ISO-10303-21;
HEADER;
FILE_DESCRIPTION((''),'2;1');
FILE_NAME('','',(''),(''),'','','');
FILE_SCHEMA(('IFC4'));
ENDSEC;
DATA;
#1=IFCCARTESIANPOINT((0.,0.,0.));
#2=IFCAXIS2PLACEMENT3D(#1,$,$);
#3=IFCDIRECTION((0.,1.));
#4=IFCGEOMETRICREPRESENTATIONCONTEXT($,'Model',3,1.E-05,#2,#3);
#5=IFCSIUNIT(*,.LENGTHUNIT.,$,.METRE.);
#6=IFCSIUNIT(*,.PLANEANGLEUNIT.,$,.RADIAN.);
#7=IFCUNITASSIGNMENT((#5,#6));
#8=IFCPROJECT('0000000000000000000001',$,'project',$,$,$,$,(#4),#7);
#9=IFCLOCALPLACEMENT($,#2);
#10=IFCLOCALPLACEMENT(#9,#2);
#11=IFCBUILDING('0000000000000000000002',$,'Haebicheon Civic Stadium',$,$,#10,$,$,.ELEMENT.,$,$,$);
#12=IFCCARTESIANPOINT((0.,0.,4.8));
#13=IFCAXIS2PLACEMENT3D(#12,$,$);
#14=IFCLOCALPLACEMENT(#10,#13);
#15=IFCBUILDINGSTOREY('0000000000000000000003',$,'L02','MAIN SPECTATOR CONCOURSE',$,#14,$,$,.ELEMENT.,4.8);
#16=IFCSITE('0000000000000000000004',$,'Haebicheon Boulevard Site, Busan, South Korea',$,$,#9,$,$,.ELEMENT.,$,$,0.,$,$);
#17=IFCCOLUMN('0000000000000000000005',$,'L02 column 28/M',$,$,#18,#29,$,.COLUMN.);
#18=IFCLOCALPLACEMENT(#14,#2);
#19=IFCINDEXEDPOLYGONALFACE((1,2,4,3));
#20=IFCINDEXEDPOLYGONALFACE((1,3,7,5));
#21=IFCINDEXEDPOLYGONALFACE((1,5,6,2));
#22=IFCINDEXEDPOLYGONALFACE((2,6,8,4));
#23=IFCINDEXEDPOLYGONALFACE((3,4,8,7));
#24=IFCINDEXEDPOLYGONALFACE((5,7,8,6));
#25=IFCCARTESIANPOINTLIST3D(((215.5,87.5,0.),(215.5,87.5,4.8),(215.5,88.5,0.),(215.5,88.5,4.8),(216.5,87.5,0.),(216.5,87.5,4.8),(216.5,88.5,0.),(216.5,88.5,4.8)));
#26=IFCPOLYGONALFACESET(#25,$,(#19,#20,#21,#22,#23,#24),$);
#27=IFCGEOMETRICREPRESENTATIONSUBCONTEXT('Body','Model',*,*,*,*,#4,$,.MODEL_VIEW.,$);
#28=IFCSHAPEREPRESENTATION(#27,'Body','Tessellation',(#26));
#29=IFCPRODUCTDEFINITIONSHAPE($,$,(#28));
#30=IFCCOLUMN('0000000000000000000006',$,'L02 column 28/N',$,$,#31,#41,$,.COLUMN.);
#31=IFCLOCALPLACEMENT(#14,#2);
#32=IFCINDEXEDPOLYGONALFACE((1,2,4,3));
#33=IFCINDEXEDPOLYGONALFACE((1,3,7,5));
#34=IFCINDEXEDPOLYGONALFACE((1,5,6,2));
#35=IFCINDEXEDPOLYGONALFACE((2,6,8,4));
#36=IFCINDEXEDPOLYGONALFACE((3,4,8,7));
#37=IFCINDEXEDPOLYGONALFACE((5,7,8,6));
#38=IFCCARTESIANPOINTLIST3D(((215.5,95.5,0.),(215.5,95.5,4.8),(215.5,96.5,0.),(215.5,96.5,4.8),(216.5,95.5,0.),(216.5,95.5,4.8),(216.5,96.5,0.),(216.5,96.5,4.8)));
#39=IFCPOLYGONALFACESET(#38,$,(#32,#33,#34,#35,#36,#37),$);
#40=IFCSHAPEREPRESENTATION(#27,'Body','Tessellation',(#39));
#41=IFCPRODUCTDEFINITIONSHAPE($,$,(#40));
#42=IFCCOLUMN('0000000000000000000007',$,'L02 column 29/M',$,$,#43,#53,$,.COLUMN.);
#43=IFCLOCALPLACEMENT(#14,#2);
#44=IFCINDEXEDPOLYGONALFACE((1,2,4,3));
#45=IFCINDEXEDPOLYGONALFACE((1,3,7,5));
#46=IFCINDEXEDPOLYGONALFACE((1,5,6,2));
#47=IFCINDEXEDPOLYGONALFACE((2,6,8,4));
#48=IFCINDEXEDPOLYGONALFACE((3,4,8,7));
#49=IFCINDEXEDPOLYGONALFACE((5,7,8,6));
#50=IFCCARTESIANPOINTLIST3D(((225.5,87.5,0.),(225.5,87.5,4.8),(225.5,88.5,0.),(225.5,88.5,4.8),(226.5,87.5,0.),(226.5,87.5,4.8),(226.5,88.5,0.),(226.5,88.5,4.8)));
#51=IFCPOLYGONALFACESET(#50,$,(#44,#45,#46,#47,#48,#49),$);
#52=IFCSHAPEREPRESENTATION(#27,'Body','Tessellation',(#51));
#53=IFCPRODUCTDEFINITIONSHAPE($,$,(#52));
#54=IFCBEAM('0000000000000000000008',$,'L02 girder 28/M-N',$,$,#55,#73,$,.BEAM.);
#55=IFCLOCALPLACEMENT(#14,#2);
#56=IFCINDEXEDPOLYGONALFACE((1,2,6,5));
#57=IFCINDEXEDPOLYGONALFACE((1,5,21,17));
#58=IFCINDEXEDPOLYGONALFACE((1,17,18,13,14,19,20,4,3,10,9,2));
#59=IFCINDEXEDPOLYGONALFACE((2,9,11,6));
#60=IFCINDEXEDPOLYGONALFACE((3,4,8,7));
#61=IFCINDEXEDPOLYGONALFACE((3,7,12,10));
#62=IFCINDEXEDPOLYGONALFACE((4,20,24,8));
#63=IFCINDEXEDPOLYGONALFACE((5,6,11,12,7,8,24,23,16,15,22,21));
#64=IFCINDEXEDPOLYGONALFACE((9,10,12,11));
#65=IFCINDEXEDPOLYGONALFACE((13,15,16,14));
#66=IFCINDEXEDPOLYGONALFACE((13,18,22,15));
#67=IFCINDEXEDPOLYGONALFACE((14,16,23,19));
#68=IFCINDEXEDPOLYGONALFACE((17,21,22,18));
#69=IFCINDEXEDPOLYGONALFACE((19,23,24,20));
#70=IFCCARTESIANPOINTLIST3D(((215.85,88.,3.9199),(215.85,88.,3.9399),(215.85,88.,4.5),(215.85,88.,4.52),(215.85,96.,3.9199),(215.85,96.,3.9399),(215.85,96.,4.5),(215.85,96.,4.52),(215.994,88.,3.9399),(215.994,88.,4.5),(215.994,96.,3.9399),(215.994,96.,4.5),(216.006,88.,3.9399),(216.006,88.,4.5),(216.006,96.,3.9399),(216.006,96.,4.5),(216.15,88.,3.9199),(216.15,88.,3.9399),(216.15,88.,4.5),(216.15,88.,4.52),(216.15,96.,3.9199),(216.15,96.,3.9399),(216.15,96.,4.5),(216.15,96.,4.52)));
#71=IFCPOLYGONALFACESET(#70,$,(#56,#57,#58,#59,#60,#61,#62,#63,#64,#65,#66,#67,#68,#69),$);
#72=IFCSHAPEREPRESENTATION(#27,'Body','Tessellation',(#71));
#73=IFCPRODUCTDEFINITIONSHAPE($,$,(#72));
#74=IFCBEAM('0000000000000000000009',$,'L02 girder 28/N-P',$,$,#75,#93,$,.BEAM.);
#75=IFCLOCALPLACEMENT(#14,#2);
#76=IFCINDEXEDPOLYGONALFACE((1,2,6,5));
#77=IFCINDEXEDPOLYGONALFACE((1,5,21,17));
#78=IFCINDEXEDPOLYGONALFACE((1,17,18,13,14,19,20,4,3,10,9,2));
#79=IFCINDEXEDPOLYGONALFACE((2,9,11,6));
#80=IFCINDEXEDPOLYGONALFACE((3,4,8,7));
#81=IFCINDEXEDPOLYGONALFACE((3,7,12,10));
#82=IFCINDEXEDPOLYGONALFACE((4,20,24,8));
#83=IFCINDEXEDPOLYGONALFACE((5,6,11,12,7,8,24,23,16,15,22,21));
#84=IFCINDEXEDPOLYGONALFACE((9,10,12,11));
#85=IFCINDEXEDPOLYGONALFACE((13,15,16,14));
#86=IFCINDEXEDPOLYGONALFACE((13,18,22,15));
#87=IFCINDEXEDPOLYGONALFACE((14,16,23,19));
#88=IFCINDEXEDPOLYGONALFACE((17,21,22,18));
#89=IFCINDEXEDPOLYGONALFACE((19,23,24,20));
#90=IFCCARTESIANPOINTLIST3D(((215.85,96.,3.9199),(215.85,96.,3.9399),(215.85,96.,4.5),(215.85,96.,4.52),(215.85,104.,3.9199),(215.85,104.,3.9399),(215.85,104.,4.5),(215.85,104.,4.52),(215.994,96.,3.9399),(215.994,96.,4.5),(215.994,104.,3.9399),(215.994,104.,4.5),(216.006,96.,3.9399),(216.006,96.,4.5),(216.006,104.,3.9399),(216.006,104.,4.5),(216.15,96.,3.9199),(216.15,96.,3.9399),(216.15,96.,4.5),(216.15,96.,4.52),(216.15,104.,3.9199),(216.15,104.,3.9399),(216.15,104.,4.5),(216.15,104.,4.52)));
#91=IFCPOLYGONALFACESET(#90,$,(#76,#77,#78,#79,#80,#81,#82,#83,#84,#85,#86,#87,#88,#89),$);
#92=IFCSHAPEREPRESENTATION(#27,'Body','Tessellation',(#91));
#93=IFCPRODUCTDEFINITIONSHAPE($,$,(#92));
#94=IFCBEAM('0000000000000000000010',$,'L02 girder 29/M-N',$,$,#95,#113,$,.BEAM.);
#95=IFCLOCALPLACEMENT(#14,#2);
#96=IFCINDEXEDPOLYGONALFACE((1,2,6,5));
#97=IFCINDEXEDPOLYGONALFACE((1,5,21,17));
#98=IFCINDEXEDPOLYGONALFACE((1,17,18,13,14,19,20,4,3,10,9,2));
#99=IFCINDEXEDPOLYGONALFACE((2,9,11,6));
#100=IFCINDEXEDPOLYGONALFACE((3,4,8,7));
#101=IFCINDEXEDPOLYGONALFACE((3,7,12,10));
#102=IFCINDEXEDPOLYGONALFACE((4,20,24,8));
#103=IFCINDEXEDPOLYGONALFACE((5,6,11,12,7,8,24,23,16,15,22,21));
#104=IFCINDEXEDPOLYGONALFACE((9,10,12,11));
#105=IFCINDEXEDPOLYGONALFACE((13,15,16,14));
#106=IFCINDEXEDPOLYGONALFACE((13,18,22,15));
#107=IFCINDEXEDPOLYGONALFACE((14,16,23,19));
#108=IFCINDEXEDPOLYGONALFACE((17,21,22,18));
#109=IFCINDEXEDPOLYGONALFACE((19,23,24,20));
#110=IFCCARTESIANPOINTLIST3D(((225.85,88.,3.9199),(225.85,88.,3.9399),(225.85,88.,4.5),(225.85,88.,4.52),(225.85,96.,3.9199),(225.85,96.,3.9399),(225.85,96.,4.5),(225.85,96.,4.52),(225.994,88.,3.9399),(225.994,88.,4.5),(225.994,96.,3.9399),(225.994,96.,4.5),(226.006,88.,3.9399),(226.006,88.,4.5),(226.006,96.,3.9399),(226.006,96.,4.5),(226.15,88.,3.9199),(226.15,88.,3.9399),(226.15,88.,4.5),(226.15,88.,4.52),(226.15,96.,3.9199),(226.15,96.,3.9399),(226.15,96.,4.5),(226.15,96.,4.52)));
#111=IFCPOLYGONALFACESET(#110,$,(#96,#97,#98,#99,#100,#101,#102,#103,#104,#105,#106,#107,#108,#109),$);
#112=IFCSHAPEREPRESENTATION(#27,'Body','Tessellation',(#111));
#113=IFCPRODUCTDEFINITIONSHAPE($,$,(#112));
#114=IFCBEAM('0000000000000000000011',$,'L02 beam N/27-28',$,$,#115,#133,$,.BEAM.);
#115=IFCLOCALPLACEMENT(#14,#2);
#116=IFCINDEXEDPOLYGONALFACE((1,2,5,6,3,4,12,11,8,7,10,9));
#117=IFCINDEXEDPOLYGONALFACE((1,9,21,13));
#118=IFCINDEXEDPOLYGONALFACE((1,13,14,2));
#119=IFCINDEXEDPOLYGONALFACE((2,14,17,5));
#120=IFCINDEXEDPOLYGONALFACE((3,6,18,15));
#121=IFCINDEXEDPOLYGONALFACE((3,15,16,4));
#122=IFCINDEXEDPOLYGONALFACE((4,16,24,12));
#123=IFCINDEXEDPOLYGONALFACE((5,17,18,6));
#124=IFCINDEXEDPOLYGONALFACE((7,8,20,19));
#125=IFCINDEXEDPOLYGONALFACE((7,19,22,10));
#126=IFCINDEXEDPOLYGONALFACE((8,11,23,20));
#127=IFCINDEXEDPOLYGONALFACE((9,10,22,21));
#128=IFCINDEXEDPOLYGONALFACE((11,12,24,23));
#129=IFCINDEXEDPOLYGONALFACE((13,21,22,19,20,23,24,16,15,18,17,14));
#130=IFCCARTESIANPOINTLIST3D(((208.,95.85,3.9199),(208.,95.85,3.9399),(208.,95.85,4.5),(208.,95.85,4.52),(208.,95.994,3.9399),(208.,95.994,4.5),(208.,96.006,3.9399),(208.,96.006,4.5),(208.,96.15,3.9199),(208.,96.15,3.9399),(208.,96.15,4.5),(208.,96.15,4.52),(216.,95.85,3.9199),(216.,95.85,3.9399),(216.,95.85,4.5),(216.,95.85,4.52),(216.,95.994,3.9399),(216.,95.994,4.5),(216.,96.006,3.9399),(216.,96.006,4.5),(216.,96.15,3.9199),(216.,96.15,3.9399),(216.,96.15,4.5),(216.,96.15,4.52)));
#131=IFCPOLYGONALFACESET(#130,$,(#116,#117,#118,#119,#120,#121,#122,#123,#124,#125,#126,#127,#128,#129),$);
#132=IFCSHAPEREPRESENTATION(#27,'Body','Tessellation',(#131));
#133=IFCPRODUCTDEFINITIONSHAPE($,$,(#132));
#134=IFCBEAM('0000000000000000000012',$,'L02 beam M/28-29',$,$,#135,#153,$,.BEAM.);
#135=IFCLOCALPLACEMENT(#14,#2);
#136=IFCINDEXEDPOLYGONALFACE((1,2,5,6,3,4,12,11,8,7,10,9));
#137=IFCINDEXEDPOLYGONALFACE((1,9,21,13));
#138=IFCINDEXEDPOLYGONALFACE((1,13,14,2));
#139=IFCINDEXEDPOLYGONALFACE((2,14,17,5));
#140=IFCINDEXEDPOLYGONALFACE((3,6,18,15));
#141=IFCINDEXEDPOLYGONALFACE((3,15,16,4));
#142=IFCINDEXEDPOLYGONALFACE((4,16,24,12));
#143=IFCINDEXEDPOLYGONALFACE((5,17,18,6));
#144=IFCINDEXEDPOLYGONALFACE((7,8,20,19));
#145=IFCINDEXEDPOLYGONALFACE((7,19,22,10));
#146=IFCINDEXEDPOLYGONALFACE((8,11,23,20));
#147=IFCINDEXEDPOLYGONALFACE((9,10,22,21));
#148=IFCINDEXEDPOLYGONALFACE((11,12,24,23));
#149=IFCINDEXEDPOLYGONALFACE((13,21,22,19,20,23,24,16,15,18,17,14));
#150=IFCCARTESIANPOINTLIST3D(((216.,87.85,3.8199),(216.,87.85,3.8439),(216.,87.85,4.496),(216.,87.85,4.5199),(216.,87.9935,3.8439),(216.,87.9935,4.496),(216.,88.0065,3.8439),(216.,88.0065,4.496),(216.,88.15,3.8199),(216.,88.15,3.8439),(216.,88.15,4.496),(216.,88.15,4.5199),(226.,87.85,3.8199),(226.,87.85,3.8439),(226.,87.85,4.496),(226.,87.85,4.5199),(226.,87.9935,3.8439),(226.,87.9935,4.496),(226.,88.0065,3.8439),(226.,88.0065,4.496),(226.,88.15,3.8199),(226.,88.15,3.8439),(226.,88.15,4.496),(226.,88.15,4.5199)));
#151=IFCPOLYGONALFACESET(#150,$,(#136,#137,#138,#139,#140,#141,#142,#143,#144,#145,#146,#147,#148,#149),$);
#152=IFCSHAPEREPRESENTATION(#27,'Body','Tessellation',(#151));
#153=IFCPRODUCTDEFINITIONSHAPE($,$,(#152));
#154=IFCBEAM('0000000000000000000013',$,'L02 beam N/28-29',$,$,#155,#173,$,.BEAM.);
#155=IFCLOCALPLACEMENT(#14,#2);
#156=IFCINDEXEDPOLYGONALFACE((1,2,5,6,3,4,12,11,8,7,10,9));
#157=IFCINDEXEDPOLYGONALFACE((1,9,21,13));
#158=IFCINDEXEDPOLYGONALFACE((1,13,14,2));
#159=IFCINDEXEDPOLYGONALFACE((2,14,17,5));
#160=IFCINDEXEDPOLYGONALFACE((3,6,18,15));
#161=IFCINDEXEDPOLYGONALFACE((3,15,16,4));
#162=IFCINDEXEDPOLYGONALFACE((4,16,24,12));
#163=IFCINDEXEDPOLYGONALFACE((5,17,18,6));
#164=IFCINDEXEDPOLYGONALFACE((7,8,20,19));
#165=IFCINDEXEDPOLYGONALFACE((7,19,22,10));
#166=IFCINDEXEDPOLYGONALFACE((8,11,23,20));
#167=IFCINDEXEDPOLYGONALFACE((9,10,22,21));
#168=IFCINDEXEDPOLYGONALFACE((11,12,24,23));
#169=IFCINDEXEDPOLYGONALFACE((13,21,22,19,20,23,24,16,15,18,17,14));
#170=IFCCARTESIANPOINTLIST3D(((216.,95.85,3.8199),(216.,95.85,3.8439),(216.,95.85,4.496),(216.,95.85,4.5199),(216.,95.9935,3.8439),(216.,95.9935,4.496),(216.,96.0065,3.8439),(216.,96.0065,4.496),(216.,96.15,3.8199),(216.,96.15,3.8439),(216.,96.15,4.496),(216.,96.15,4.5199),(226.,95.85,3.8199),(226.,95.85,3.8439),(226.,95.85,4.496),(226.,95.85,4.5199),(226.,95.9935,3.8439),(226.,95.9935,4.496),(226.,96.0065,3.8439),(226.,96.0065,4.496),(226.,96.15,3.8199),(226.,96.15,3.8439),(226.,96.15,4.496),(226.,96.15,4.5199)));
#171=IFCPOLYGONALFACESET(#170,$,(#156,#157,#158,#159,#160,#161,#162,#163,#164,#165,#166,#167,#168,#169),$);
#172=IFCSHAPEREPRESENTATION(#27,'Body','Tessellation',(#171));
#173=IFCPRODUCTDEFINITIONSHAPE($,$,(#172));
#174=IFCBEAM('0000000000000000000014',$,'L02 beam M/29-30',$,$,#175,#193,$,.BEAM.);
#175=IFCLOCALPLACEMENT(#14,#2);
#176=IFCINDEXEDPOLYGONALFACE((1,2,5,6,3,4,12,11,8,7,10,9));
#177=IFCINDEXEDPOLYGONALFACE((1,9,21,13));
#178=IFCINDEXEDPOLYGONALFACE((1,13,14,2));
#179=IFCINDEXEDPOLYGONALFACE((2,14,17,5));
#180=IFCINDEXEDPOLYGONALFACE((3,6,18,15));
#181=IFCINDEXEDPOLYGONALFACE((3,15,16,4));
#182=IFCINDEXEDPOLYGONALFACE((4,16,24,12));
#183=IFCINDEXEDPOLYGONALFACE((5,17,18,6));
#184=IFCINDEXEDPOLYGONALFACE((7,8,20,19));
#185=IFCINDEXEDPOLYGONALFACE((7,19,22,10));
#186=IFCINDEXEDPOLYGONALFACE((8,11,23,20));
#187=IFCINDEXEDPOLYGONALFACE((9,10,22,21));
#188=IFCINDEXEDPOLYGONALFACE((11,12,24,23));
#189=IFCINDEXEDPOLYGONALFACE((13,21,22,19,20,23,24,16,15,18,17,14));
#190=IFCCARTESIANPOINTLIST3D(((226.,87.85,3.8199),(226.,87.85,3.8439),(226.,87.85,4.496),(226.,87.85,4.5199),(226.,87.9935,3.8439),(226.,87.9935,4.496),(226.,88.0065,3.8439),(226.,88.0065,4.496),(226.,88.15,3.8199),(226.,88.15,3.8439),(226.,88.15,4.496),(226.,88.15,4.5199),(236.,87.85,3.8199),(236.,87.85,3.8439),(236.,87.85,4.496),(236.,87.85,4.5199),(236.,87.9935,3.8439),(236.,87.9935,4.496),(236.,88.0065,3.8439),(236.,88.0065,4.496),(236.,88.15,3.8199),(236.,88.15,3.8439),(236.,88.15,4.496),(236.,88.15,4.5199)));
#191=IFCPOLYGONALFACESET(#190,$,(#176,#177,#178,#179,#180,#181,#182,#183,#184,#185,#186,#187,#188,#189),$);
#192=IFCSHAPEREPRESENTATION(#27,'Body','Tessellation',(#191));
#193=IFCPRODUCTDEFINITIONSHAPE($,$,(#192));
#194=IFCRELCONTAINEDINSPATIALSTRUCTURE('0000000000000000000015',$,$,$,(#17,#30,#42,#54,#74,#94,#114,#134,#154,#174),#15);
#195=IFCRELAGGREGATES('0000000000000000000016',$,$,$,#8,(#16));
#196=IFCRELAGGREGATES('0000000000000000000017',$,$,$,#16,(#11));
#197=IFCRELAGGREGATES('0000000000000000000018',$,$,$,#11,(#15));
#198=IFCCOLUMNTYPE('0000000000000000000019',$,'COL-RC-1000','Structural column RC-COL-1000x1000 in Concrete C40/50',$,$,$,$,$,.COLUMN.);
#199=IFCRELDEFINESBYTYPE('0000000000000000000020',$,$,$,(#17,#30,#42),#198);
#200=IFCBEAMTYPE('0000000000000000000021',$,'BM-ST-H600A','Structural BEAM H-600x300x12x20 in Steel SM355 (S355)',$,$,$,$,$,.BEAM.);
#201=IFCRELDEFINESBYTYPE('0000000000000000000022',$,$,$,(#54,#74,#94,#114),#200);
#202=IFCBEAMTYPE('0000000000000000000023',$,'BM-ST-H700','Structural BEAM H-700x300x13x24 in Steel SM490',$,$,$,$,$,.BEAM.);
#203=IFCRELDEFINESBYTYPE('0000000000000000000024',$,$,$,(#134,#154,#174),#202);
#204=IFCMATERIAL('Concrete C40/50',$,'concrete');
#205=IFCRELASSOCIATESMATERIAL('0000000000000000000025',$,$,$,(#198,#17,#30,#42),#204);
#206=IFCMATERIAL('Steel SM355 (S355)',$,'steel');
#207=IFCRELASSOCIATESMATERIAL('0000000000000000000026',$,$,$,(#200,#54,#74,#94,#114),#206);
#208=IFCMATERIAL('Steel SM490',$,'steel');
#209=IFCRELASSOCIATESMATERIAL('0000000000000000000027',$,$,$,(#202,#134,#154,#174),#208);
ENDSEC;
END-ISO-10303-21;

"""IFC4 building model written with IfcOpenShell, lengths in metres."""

from ifc_helpers import new_model, si_unit, direction, frame, origin, origin_2d, place, context, subcontext, project, spatial, rectangle, i_section, extrude, material, material_profile, profile_set, type_object, element, save


model = new_model("IFC4")

# Units and contexts
model_context = context("Model", 3, precision=1e-05, world=origin(), true_north=direction((0.0, 1.0)))
body_context = subcontext(model_context, "Body", "Model", "MODEL_VIEW")
ifc_project = project(units=[si_unit("LENGTHUNIT", "METRE"), si_unit("PLANEANGLEUNIT", "RADIAN")], contexts=[model_context])

# Site, building, storey
site_placement = place(None, origin())
site = spatial("IfcSite", under=ifc_project, at=site_placement, Name="Haebicheon Boulevard Site, Busan, South Korea", CompositionType="ELEMENT", RefElevation=0.0)
building_placement = place(site_placement, origin())
building = spatial("IfcBuilding", under=site, at=building_placement, Name="Haebicheon Civic Stadium", CompositionType="ELEMENT")
storey_placement = place(building_placement, frame((0.0, 0.0, 4.8)))
storey = spatial("IfcBuildingStorey", under=building, at=storey_placement, Name="L02", Description="MAIN SPECTATOR CONCOURSE", CompositionType="ELEMENT", Elevation=4.8)

# Columns
ifc_material_1 = material(Name="Concrete C40/50", Category="concrete")
ifc_material_profile_1 = material_profile(ifc_material_1, rectangle(XDim=1.0, YDim=1.0, at=origin_2d()), Name="RC-COL-1000x1000")
ifc_profile_set_1 = profile_set([ifc_material_profile_1], Name="Concrete C40/50")
column_type = type_object("IfcColumnType", Name="COL-RC-1000", Description="Structural column RC-COL-1000x1000 in Concrete C40/50", PredefinedType="COLUMN", material=ifc_profile_set_1)
for number, where, z_axis, x_axis, name in (
    (1, (216.0, 88.0, 0.0), (0.0, 0.0, 1.0), (1.0, 0.0, 0.0), "L02 column 28/M"),
    (2, (216.0, 96.0, 0.0), (0.0, 0.0, 1.0), (1.0, 0.0, 0.0), "L02 column 28/N"),
    (3, (226.0, 88.0, 0.0), (0.0, 0.0, 1.0), (1.0, 0.0, 0.0), "L02 column 29/M"),
):
    element("IfcColumn", number, at=place(storey_placement, frame(where, z_axis=z_axis, x_axis=x_axis)), inside=storey, type_object=column_type, material=ifc_profile_set_1, Name=name, PredefinedType="COLUMN", context=body_context, shape_type="SweptSolid", body=[
        extrude(rectangle(XDim=1.0, YDim=1.0, at=origin_2d()), origin(), (0.0, 0.0, 1.0), 4.8),
    ])

# Beams
ifc_material_2 = material(Name="Steel SM355 (S355)", Category="steel")
ifc_material_profile_2 = material_profile(ifc_material_2, i_section(OverallWidth=0.3, OverallDepth=0.6001, WebThickness=0.012, FlangeThickness=0.02, at=origin_2d()), Name="H-600x300x12x20")
ifc_profile_set_2 = profile_set([ifc_material_profile_2], Name="Steel SM355 (S355)")
beam_type_1 = type_object("IfcBeamType", Name="BM-ST-H600A", Description="Structural BEAM H-600x300x12x20 in Steel SM355 (S355)", PredefinedType="BEAM", material=ifc_profile_set_2)
for number, where, z_axis, x_axis, name in (
    (4, (216.0, 88.0, 4.22), (0.0, 1.0, 0.0), (-1.0, 0.0, 0.0), "L02 girder 28/M-N"),
    (5, (216.0, 96.0, 4.22), (0.0, 1.0, 0.0), (-1.0, 0.0, 0.0), "L02 girder 28/N-P"),
    (6, (226.0, 88.0, 4.22), (0.0, 1.0, 0.0), (-1.0, 0.0, 0.0), "L02 girder 29/M-N"),
    (7, (208.0, 96.0, 4.22), (1.0, 0.0, 0.0), (0.0, 1.0, 0.0), "L02 beam N/27-28"),
):
    element("IfcBeam", number, at=place(storey_placement, frame(where, z_axis=z_axis, x_axis=x_axis)), inside=storey, type_object=beam_type_1, material=ifc_profile_set_2, Name=name, PredefinedType="BEAM", context=body_context, shape_type="SweptSolid", body=[
        extrude(i_section(OverallWidth=0.3, OverallDepth=0.6001, WebThickness=0.012, FlangeThickness=0.02, at=origin_2d()), origin(), (0.0, 0.0, 1.0), 8.0),
    ])
ifc_material_3 = material(Name="Steel SM490", Category="steel")
ifc_material_profile_3 = material_profile(ifc_material_3, i_section(OverallWidth=0.3, OverallDepth=0.7, WebThickness=0.0129, FlangeThickness=0.0239, at=origin_2d()), Name="H-700x300x13x24")
ifc_profile_set_3 = profile_set([ifc_material_profile_3], Name="Steel SM490")
beam_type_2 = type_object("IfcBeamType", Name="BM-ST-H700", Description="Structural BEAM H-700x300x13x24 in Steel SM490", PredefinedType="BEAM", material=ifc_profile_set_3)
for number, where, z_axis, x_axis, name in (
    (8, (216.0, 88.0, 4.1699), (1.0, 0.0, 0.0), (0.0, 1.0, 0.0), "L02 beam M/28-29"),
    (9, (216.0, 96.0, 4.1699), (1.0, 0.0, 0.0), (0.0, 1.0, 0.0), "L02 beam N/28-29"),
    (10, (226.0, 88.0, 4.1699), (1.0, 0.0, 0.0), (0.0, 1.0, 0.0), "L02 beam M/29-30"),
):
    element("IfcBeam", number, at=place(storey_placement, frame(where, z_axis=z_axis, x_axis=x_axis)), inside=storey, type_object=beam_type_2, material=ifc_profile_set_3, Name=name, PredefinedType="BEAM", context=body_context, shape_type="SweptSolid", body=[
        extrude(i_section(OverallWidth=0.3, OverallDepth=0.7, WebThickness=0.0129, FlangeThickness=0.0239, at=origin_2d()), origin(), (0.0, 0.0, 1.0), 10.0),
    ])

save(model, "model.ifc")
